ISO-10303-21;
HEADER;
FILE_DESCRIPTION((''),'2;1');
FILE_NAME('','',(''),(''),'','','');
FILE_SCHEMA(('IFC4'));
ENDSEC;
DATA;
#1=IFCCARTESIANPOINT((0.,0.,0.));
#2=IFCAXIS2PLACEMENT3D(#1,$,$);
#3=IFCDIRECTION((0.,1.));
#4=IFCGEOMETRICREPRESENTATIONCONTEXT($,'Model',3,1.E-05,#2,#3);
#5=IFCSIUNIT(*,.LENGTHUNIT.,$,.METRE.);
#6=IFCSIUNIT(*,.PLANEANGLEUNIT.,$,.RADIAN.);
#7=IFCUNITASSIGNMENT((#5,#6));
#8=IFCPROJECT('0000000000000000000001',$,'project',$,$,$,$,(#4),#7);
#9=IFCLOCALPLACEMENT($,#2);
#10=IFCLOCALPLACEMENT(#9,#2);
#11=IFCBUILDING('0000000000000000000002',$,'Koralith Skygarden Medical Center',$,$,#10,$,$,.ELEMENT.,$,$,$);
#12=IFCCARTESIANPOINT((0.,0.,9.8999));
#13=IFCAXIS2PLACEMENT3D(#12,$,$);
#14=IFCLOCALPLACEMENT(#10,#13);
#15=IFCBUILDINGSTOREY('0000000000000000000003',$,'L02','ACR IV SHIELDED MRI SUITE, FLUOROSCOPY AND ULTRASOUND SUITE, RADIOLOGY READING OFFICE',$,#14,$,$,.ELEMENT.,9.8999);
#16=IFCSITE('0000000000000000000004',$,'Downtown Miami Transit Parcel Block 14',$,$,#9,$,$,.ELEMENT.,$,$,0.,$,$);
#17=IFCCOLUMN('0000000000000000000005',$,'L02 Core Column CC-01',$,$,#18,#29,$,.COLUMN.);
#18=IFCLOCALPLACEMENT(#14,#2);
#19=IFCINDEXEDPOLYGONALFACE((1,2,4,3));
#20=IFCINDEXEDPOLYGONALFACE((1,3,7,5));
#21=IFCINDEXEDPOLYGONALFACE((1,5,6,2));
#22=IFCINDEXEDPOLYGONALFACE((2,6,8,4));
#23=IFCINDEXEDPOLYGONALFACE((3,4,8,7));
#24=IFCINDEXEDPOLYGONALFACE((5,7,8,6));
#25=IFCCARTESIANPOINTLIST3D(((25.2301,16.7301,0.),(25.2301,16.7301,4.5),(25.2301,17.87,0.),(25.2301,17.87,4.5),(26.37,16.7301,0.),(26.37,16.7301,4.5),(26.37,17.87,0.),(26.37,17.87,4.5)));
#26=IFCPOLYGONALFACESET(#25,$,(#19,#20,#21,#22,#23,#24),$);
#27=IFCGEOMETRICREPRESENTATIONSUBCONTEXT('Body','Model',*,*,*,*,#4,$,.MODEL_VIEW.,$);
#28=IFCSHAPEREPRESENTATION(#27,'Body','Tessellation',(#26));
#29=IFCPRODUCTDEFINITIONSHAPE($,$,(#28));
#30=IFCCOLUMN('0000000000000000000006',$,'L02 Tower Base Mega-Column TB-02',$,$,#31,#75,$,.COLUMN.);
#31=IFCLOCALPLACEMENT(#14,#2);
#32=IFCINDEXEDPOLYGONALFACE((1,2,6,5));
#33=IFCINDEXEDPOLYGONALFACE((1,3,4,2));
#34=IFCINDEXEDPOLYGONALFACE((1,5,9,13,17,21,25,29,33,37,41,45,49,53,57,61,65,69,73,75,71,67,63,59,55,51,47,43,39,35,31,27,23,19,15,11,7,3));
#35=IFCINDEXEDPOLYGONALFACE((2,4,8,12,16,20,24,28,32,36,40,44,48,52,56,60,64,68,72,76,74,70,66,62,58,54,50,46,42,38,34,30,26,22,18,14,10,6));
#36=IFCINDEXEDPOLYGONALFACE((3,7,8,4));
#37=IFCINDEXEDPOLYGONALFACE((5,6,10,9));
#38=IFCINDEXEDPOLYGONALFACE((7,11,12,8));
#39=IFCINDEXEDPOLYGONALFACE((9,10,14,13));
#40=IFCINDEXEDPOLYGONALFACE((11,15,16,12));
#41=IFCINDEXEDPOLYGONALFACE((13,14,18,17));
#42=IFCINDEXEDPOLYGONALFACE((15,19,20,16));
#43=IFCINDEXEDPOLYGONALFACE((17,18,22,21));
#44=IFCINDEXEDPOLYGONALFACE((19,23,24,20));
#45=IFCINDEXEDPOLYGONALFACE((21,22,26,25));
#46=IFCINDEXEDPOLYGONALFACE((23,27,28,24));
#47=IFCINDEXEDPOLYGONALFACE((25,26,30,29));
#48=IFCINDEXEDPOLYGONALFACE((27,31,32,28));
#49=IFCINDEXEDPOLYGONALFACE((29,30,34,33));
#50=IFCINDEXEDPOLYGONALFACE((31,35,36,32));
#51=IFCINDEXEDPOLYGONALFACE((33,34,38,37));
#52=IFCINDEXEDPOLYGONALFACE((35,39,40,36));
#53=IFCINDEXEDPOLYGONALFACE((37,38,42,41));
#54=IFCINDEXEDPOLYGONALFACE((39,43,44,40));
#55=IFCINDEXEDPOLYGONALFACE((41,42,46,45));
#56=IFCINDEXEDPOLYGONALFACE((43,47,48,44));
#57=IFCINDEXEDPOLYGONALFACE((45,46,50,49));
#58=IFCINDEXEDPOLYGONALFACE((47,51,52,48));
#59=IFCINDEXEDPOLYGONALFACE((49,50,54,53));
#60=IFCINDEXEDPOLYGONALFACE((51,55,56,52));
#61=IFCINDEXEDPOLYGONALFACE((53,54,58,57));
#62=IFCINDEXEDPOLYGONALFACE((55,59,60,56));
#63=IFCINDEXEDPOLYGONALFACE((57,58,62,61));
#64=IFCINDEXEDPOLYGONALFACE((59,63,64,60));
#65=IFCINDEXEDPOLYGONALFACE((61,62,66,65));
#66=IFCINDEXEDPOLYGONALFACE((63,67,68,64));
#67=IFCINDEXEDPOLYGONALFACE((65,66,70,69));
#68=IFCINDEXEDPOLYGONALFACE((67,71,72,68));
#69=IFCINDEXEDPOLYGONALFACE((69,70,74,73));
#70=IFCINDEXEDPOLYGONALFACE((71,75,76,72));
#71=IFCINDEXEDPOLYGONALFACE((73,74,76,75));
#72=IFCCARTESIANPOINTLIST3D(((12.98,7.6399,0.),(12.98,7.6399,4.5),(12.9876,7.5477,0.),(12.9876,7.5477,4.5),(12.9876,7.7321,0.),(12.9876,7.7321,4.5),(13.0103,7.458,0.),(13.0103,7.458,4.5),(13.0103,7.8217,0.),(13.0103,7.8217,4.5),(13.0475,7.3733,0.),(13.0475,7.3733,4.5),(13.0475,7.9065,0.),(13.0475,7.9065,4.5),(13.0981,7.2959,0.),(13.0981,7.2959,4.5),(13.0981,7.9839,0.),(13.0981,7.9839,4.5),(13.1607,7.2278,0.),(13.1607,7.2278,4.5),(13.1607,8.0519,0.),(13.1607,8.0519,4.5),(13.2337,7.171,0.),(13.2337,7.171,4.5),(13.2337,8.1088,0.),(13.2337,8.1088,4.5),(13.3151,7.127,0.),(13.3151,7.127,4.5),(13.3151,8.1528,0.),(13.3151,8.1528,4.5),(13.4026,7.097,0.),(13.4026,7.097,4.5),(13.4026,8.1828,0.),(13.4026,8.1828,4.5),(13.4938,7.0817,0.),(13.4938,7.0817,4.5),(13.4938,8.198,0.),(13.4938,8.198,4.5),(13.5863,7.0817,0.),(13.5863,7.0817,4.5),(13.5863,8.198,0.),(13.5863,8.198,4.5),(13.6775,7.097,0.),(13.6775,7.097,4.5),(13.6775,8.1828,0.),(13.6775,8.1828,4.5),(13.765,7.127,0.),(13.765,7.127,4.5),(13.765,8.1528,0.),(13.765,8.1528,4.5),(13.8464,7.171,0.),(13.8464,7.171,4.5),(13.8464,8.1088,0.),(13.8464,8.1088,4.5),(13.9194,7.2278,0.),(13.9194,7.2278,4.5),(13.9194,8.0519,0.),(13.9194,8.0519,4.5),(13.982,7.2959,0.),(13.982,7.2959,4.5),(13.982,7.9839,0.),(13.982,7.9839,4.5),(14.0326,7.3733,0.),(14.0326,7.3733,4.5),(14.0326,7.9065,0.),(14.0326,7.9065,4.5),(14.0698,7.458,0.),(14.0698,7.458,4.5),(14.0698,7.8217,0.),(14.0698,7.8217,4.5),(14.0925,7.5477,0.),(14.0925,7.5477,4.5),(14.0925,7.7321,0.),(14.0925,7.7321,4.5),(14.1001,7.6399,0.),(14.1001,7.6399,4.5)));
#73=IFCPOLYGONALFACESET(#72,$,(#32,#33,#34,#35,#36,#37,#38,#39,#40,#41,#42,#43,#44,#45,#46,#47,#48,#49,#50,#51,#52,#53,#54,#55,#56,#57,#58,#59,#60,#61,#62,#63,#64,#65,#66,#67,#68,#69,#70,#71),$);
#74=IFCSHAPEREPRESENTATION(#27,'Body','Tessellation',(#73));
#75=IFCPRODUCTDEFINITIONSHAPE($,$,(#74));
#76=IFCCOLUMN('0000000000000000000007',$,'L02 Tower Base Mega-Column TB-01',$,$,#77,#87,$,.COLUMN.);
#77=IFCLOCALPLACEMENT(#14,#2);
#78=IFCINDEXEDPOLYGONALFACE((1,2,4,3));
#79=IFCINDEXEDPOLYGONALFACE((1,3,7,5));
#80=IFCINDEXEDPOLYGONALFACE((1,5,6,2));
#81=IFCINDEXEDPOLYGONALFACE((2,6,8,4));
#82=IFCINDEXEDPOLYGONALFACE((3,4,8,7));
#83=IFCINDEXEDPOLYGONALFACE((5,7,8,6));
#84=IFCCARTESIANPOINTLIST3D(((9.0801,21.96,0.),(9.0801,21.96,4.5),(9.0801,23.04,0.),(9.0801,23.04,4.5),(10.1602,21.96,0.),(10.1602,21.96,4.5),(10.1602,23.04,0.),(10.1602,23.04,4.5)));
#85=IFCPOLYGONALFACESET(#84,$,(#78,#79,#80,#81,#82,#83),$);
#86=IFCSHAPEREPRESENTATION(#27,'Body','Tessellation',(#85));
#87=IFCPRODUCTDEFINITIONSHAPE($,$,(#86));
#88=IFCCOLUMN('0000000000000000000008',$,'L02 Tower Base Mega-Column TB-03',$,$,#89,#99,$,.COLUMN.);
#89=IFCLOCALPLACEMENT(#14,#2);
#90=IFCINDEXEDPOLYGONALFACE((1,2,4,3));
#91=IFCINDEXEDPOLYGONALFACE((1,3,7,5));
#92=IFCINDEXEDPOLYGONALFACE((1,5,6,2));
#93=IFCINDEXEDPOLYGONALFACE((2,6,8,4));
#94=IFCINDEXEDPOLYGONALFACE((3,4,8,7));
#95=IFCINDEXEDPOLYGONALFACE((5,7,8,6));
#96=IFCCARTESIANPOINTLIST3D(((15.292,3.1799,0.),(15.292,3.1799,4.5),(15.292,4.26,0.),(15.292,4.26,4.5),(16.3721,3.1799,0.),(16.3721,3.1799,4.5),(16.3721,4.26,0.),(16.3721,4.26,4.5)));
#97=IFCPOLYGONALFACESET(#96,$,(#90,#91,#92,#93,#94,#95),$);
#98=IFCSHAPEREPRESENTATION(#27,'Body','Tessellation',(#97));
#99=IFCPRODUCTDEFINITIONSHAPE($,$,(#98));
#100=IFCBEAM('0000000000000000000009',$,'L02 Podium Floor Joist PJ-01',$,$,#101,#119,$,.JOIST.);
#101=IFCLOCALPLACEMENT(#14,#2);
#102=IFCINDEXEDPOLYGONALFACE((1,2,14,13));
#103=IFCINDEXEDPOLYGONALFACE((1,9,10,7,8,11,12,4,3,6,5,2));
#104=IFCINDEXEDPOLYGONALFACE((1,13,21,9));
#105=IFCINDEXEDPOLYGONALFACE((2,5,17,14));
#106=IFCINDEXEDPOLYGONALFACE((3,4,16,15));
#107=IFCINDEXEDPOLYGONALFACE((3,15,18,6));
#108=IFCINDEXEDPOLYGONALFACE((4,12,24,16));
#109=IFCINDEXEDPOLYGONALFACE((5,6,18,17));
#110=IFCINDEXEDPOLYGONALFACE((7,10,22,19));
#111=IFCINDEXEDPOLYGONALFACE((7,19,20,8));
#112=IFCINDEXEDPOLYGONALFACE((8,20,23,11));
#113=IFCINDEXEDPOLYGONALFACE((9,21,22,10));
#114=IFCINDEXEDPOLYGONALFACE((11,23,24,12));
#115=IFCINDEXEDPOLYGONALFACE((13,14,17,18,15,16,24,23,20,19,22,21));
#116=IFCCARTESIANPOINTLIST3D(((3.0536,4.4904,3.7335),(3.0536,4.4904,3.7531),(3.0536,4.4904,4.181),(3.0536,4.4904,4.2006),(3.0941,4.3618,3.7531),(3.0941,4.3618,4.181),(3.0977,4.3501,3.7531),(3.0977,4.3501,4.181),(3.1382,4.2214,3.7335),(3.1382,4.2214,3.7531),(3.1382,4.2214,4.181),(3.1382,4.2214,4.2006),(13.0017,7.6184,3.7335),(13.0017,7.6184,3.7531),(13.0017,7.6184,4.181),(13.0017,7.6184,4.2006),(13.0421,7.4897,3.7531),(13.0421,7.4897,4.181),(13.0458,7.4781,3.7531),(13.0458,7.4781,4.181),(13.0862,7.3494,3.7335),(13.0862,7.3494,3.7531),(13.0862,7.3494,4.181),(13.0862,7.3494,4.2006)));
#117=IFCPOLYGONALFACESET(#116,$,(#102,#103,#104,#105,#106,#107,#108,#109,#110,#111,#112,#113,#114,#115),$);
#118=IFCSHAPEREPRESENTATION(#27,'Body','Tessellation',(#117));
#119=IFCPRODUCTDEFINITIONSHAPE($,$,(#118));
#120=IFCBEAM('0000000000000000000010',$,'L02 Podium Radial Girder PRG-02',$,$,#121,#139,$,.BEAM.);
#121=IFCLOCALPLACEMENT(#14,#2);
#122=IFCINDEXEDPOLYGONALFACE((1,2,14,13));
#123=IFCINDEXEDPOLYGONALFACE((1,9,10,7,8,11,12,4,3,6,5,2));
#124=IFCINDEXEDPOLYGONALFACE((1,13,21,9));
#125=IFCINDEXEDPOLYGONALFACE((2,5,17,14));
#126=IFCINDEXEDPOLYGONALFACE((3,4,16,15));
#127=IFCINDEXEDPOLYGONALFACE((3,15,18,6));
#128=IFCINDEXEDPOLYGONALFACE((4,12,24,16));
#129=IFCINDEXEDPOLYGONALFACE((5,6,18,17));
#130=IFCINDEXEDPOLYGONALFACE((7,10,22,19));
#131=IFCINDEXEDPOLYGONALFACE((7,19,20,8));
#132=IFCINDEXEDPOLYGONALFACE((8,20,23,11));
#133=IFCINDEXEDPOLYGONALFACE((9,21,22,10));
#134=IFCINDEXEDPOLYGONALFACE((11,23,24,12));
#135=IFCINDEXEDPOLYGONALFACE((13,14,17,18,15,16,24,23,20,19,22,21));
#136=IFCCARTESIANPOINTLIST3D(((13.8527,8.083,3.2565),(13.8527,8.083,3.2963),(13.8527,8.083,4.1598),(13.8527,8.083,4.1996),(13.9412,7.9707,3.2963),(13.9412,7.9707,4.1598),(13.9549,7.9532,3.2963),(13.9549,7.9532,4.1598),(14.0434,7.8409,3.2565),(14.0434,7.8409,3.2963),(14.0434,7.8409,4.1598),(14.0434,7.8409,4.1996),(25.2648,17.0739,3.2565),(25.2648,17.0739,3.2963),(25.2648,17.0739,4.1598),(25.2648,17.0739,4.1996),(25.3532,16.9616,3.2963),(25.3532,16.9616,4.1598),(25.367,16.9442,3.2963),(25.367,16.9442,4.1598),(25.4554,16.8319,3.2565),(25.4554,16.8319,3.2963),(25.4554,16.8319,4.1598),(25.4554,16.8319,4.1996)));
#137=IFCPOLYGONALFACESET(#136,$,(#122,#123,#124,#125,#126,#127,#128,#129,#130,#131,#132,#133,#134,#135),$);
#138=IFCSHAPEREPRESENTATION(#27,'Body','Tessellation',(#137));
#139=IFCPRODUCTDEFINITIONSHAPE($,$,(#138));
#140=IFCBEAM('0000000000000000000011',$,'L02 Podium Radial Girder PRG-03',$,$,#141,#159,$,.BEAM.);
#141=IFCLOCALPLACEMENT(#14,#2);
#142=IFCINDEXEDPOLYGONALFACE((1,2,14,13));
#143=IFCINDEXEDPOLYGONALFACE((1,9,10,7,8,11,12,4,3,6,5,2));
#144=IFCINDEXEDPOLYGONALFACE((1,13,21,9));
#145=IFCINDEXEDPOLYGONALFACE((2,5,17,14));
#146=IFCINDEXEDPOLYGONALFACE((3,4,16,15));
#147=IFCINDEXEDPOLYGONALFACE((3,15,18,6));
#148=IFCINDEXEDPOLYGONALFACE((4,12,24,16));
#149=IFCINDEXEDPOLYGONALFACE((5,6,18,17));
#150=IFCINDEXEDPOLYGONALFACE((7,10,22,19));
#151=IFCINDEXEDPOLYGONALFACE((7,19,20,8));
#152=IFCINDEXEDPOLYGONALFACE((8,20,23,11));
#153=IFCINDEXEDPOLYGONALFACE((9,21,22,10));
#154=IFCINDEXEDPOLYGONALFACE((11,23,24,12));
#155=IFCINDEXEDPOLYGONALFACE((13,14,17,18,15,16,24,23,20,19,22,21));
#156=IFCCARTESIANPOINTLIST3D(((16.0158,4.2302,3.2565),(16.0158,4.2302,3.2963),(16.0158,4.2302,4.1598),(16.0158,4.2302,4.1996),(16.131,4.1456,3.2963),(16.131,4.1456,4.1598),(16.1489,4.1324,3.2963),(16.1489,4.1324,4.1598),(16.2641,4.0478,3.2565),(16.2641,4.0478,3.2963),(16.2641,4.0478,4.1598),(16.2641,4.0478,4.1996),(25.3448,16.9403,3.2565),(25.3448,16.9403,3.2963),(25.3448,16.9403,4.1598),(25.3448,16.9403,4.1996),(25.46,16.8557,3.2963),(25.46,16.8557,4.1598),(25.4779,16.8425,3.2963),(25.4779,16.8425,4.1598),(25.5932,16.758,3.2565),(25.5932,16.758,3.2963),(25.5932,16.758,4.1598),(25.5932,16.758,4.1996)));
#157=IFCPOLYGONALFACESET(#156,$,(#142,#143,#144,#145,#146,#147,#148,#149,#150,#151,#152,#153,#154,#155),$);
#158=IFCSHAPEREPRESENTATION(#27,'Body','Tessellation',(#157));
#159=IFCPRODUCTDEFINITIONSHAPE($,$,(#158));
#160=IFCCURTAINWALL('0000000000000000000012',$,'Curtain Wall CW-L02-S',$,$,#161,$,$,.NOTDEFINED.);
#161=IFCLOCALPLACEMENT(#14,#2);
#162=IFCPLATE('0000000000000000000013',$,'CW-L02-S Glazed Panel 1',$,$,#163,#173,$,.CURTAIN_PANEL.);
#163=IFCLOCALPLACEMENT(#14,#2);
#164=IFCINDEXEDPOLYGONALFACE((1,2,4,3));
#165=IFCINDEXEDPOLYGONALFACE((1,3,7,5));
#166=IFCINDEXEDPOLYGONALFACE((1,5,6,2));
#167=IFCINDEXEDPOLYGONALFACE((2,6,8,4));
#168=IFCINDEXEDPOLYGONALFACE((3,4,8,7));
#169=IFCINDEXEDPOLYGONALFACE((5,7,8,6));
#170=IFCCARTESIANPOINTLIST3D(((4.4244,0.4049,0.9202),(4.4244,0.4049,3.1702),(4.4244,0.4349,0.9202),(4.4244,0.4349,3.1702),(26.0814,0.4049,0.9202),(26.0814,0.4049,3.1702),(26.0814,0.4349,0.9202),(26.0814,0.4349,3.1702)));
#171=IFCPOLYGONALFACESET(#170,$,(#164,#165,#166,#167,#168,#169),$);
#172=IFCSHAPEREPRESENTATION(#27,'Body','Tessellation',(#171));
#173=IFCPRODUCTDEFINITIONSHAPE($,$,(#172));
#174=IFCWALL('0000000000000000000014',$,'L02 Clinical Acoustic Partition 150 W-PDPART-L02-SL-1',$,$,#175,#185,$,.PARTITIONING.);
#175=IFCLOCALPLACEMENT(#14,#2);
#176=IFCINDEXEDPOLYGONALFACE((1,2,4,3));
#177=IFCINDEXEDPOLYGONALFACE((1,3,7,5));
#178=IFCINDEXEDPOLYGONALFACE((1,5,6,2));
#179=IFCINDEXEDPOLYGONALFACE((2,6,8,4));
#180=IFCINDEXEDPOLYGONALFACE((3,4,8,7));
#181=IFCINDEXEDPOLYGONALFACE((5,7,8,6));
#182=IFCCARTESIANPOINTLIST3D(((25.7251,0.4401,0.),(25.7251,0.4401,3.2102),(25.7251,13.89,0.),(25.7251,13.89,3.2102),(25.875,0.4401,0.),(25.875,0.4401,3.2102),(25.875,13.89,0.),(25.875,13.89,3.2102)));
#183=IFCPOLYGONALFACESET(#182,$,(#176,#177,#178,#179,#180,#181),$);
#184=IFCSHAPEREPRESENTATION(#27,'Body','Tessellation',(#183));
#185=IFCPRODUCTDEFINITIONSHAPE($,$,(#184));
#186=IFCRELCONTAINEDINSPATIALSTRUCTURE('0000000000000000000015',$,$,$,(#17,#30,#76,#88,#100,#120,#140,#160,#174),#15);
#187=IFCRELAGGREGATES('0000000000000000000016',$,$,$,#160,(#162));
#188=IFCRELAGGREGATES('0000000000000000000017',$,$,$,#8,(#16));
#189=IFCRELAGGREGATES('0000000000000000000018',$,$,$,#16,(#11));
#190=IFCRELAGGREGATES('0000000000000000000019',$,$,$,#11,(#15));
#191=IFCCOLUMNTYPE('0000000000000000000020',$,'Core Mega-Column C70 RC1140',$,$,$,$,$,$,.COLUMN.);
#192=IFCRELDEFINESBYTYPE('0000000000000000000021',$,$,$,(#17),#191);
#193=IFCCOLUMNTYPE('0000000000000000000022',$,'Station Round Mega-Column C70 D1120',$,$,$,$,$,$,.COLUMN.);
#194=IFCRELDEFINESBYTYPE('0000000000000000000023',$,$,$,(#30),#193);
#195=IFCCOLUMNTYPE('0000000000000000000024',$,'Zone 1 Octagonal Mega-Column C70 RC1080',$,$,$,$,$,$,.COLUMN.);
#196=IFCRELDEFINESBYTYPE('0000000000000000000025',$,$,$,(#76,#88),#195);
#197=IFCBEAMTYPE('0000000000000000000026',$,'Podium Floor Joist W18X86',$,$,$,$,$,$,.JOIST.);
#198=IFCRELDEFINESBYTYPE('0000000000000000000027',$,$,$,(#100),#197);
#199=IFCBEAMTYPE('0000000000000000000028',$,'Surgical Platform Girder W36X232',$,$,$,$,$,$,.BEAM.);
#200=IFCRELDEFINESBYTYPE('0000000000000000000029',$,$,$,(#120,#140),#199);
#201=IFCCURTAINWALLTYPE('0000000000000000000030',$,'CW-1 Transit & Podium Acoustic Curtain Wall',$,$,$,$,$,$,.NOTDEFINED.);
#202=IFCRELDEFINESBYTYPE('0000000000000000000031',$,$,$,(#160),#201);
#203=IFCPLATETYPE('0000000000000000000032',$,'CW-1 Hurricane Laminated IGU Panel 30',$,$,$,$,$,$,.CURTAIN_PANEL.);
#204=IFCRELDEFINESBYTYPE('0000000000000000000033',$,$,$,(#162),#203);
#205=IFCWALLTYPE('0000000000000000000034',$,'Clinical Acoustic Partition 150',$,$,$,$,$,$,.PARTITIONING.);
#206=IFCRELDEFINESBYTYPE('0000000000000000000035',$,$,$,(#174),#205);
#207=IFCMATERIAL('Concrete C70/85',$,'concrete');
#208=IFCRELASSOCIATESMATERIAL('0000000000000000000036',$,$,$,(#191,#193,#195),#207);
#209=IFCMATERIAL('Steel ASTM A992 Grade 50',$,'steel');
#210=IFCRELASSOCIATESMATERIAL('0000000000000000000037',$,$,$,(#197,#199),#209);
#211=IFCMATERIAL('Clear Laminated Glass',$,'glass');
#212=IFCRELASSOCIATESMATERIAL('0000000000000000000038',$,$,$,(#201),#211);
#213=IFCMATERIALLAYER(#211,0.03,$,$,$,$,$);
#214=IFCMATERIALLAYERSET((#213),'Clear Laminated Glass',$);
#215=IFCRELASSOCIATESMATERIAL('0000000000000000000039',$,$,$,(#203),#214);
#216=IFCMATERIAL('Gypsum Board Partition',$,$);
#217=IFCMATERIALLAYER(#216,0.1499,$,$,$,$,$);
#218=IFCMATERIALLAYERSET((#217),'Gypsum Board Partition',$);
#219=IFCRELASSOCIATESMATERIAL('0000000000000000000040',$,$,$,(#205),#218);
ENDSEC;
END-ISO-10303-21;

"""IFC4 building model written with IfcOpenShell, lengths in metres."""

from ifc_helpers import new_model, si_unit, direction, frame, frame_2d, origin, origin_2d, place, context, subcontext, project, spatial, rectangle, circle, i_section, extrude, material, layer, layer_set, material_profile, profile_set, type_object, element, aggregate, save


model = new_model("IFC4")

# Units and contexts
model_context = context("Model", 3, precision=1e-05, world=origin(), true_north=direction((0.0, 1.0)))
body_context = subcontext(model_context, "Body", "Model", "MODEL_VIEW")
ifc_project = project(units=[si_unit("LENGTHUNIT", "METRE"), si_unit("PLANEANGLEUNIT", "RADIAN")], contexts=[model_context])

# Site, building, storey
site_placement = place(None, origin())
site = spatial("IfcSite", under=ifc_project, at=site_placement, Name="Downtown Miami Transit Parcel Block 14", CompositionType="ELEMENT", RefElevation=0.0)
building_placement = place(site_placement, origin())
building = spatial("IfcBuilding", under=site, at=building_placement, Name="Koralith Skygarden Medical Center", CompositionType="ELEMENT")
storey_placement = place(building_placement, frame((0.0, 0.0, 9.8999)))
storey = spatial("IfcBuildingStorey", under=building, at=storey_placement, Name="L02", Description="ACR IV SHIELDED MRI SUITE, FLUOROSCOPY AND ULTRASOUND SUITE, RADIOLOGY READING OFFICE", CompositionType="ELEMENT", Elevation=9.8999)

# Columns
ifc_material_1 = material(Name="Concrete C70/85", Category="concrete")
ifc_material_profile_1 = material_profile(ifc_material_1, rectangle(XDim=1.1399, YDim=1.1399, at=origin_2d()), Name="RC1140X1140")
ifc_profile_set_1 = profile_set([ifc_material_profile_1], Name="Concrete C70/85")
column_type_1 = type_object("IfcColumnType", Name="Core Mega-Column C70 RC1140", PredefinedType="COLUMN", material=ifc_profile_set_1)
column_1_placement = place(storey_placement, frame((25.8, 17.3, 0.0), z_axis=(0.0, 0.0, 1.0), x_axis=(1.0, 0.0, 0.0)))
element("IfcColumn", 1, at=column_1_placement, inside=storey, type_object=column_type_1, Name="L02 Core Column CC-01", PredefinedType="COLUMN", context=body_context, shape_type="SweptSolid", body=[
    extrude(rectangle(XDim=1.1399, YDim=1.1399, at=origin_2d()), origin(), (0.0, 0.0, 1.0), 4.5),
])
ifc_material_profile_2 = material_profile(ifc_material_1, circle(Radius=0.5601, at=origin_2d()), Name="RCCOL1120")
ifc_profile_set_2 = profile_set([ifc_material_profile_2], Name="Concrete C70/85")
column_type_2 = type_object("IfcColumnType", Name="Station Round Mega-Column C70 D1120", PredefinedType="COLUMN", material=ifc_profile_set_2)
column_2_placement = place(storey_placement, frame((13.54, 7.6399, 0.0), z_axis=(0.0, 0.0, 1.0), x_axis=(1.0, 0.0, 0.0)))
element("IfcColumn", 2, at=column_2_placement, inside=storey, type_object=column_type_2, Name="L02 Tower Base Mega-Column TB-02", PredefinedType="COLUMN", context=body_context, shape_type="SweptSolid", body=[
    extrude(circle(Radius=0.5601, at=origin_2d()), origin(), (0.0, 0.0, 1.0), 4.5),
])
ifc_material_profile_3 = material_profile(ifc_material_1, rectangle(XDim=1.0801, YDim=1.0801, at=origin_2d()), Name="RC1080X1080")
ifc_profile_set_3 = profile_set([ifc_material_profile_3], Name="Concrete C70/85")
column_type_3 = type_object("IfcColumnType", Name="Zone 1 Octagonal Mega-Column C70 RC1080", PredefinedType="COLUMN", material=ifc_profile_set_3)
for number, where, z_axis, x_axis, name in (
    (3, (9.6201, 22.5, 0.0), (0.0, 0.0, 1.0), (1.0, 0.0, 0.0), "L02 Tower Base Mega-Column TB-01"),
    (4, (15.832, 3.72, 0.0), (0.0, 0.0, 1.0), (1.0, 0.0, 0.0), "L02 Tower Base Mega-Column TB-03"),
):
    element("IfcColumn", number, at=place(storey_placement, frame(where, z_axis=z_axis, x_axis=x_axis)), inside=storey, type_object=column_type_3, Name=name, PredefinedType="COLUMN", context=body_context, shape_type="SweptSolid", body=[
        extrude(rectangle(XDim=1.0801, YDim=1.0801, at=origin_2d()), origin(), (0.0, 0.0, 1.0), 4.5),
    ])

# Beams
ifc_material_2 = material(Name="Steel ASTM A992 Grade 50", Category="steel")
ifc_material_profile_4 = material_profile(ifc_material_2, i_section(OverallWidth=0.282, OverallDepth=0.467, WebThickness=0.0122, FlangeThickness=0.0195, at=origin_2d()), Name="W18X86")
ifc_profile_set_4 = profile_set([ifc_material_profile_4], Name="Steel ASTM A992 Grade 50")
beam_type_1 = type_object("IfcBeamType", Name="Podium Floor Joist W18X86", PredefinedType="JOIST", material=ifc_profile_set_4)
beam_1_placement = place(storey_placement, frame((13.0439, 7.4839, 3.967), z_axis=(-0.953955, -0.29995, 0.0), x_axis=(0.29995, -0.953955, 0.0)))
element("IfcBeam", 5, at=beam_1_placement, inside=storey, type_object=beam_type_1, Name="L02 Podium Floor Joist PJ-01", PredefinedType="JOIST", context=body_context, shape_type="SweptSolid", body=[
    extrude(i_section(OverallWidth=0.282, OverallDepth=0.467, WebThickness=0.0122, FlangeThickness=0.0195, at=origin_2d()), origin(), (0.0, 0.0, 1.0), 10.4282),
])
ifc_material_profile_5 = material_profile(ifc_material_2, i_section(OverallWidth=0.3081, OverallDepth=0.9431, WebThickness=0.0222, FlangeThickness=0.0398, at=origin_2d()), Name="W36X232")
ifc_profile_set_5 = profile_set([ifc_material_profile_5], Name="Steel ASTM A992 Grade 50")
beam_type_2 = type_object("IfcBeamType", Name="Surgical Platform Girder W36X232", PredefinedType="BEAM", material=ifc_profile_set_5)
beam_2_placement = place(storey_placement, frame((25.3601, 16.9529, 3.728), z_axis=(-0.785505, -0.618856, 0.0), x_axis=(0.618856, -0.785505, 0.0)))
element("IfcBeam", 6, at=beam_2_placement, inside=storey, type_object=beam_type_2, Name="L02 Podium Radial Girder PRG-02", PredefinedType="BEAM", context=body_context, shape_type="SweptSolid", body=[
    extrude(i_section(OverallWidth=0.3081, OverallDepth=0.9431, WebThickness=0.0222, FlangeThickness=0.0398, at=origin_2d()), origin(), (0.0, 0.0, 1.0), 14.5283),
])
beam_3_placement = place(storey_placement, frame((25.469, 16.8491, 3.728), z_axis=(-0.591705, -0.806154, 0.0), x_axis=(0.806154, -0.591705, 0.0)))
element("IfcBeam", 7, at=beam_3_placement, inside=storey, type_object=beam_type_2, Name="L02 Podium Radial Girder PRG-03", PredefinedType="BEAM", context=body_context, shape_type="SweptSolid", body=[
    extrude(i_section(OverallWidth=0.3081, OverallDepth=0.9431, WebThickness=0.0222, FlangeThickness=0.0398, at=origin_2d()), origin(), (0.0, 0.0, 1.0), 15.7664),
])

# Curtain wall, plate
ifc_material_3 = material(Name="Clear Laminated Glass", Category="glass")
curtain_wall_type = type_object("IfcCurtainWallType", Name="CW-1 Transit & Podium Acoustic Curtain Wall", PredefinedType="NOTDEFINED", material=ifc_material_3)
curtain_wall_placement = place(storey_placement, origin())
curtain_wall = element("IfcCurtainWall", 8, at=curtain_wall_placement, inside=storey, type_object=curtain_wall_type, Name="Curtain Wall CW-L02-S", PredefinedType="NOTDEFINED")
ifc_layer_1 = layer(ifc_material_3, 0.03)
ifc_layer_set_1 = layer_set([ifc_layer_1], Name="Clear Laminated Glass")
plate_type = type_object("IfcPlateType", Name="CW-1 Hurricane Laminated IGU Panel 30", PredefinedType="CURTAIN_PANEL", material=ifc_layer_set_1)
plate_placement = place(storey_placement, frame((15.2529, 0.4199, 0.9202), z_axis=(0.0, 0.0, 1.0), x_axis=(1.0, 0.0, 0.0)))
plate = element("IfcPlate", 9, at=plate_placement, type_object=plate_type, Name="CW-L02-S Glazed Panel 1", PredefinedType="CURTAIN_PANEL", context=body_context, shape_type="SweptSolid", body=[
    extrude(rectangle(XDim=21.657, YDim=0.03, at=origin_2d()), origin(), (0.0, 0.0, 1.0), 2.25),
])
aggregate(curtain_wall, [plate])

# Wall
ifc_material_4 = material(Name="Gypsum Board Partition")
ifc_layer_2 = layer(ifc_material_4, 0.1499)
ifc_layer_set_2 = layer_set([ifc_layer_2], Name="Gypsum Board Partition")
wall_type_1 = type_object("IfcWallType", Name="Clinical Acoustic Partition 150", PredefinedType="PARTITIONING", material=ifc_layer_set_2)
wall_1_placement = place(storey_placement, frame((25.8, 0.4399, 0.0), z_axis=(0.0, 0.0, 1.0), x_axis=(0.0, 1.0, 0.0)))
element("IfcWall", 10, at=wall_1_placement, inside=storey, type_object=wall_type_1, Name="L02 Clinical Acoustic Partition 150 W-PDPART-L02-SL-1", PredefinedType="PARTITIONING", context=body_context, shape_type="SweptSolid", body=[
    extrude(rectangle(XDim=13.45, YDim=0.1499, at=frame_2d((6.7251, 0.0))), origin(), (0.0, 0.0, 1.0), 3.2102),
])

save(model, "model.ifc")
